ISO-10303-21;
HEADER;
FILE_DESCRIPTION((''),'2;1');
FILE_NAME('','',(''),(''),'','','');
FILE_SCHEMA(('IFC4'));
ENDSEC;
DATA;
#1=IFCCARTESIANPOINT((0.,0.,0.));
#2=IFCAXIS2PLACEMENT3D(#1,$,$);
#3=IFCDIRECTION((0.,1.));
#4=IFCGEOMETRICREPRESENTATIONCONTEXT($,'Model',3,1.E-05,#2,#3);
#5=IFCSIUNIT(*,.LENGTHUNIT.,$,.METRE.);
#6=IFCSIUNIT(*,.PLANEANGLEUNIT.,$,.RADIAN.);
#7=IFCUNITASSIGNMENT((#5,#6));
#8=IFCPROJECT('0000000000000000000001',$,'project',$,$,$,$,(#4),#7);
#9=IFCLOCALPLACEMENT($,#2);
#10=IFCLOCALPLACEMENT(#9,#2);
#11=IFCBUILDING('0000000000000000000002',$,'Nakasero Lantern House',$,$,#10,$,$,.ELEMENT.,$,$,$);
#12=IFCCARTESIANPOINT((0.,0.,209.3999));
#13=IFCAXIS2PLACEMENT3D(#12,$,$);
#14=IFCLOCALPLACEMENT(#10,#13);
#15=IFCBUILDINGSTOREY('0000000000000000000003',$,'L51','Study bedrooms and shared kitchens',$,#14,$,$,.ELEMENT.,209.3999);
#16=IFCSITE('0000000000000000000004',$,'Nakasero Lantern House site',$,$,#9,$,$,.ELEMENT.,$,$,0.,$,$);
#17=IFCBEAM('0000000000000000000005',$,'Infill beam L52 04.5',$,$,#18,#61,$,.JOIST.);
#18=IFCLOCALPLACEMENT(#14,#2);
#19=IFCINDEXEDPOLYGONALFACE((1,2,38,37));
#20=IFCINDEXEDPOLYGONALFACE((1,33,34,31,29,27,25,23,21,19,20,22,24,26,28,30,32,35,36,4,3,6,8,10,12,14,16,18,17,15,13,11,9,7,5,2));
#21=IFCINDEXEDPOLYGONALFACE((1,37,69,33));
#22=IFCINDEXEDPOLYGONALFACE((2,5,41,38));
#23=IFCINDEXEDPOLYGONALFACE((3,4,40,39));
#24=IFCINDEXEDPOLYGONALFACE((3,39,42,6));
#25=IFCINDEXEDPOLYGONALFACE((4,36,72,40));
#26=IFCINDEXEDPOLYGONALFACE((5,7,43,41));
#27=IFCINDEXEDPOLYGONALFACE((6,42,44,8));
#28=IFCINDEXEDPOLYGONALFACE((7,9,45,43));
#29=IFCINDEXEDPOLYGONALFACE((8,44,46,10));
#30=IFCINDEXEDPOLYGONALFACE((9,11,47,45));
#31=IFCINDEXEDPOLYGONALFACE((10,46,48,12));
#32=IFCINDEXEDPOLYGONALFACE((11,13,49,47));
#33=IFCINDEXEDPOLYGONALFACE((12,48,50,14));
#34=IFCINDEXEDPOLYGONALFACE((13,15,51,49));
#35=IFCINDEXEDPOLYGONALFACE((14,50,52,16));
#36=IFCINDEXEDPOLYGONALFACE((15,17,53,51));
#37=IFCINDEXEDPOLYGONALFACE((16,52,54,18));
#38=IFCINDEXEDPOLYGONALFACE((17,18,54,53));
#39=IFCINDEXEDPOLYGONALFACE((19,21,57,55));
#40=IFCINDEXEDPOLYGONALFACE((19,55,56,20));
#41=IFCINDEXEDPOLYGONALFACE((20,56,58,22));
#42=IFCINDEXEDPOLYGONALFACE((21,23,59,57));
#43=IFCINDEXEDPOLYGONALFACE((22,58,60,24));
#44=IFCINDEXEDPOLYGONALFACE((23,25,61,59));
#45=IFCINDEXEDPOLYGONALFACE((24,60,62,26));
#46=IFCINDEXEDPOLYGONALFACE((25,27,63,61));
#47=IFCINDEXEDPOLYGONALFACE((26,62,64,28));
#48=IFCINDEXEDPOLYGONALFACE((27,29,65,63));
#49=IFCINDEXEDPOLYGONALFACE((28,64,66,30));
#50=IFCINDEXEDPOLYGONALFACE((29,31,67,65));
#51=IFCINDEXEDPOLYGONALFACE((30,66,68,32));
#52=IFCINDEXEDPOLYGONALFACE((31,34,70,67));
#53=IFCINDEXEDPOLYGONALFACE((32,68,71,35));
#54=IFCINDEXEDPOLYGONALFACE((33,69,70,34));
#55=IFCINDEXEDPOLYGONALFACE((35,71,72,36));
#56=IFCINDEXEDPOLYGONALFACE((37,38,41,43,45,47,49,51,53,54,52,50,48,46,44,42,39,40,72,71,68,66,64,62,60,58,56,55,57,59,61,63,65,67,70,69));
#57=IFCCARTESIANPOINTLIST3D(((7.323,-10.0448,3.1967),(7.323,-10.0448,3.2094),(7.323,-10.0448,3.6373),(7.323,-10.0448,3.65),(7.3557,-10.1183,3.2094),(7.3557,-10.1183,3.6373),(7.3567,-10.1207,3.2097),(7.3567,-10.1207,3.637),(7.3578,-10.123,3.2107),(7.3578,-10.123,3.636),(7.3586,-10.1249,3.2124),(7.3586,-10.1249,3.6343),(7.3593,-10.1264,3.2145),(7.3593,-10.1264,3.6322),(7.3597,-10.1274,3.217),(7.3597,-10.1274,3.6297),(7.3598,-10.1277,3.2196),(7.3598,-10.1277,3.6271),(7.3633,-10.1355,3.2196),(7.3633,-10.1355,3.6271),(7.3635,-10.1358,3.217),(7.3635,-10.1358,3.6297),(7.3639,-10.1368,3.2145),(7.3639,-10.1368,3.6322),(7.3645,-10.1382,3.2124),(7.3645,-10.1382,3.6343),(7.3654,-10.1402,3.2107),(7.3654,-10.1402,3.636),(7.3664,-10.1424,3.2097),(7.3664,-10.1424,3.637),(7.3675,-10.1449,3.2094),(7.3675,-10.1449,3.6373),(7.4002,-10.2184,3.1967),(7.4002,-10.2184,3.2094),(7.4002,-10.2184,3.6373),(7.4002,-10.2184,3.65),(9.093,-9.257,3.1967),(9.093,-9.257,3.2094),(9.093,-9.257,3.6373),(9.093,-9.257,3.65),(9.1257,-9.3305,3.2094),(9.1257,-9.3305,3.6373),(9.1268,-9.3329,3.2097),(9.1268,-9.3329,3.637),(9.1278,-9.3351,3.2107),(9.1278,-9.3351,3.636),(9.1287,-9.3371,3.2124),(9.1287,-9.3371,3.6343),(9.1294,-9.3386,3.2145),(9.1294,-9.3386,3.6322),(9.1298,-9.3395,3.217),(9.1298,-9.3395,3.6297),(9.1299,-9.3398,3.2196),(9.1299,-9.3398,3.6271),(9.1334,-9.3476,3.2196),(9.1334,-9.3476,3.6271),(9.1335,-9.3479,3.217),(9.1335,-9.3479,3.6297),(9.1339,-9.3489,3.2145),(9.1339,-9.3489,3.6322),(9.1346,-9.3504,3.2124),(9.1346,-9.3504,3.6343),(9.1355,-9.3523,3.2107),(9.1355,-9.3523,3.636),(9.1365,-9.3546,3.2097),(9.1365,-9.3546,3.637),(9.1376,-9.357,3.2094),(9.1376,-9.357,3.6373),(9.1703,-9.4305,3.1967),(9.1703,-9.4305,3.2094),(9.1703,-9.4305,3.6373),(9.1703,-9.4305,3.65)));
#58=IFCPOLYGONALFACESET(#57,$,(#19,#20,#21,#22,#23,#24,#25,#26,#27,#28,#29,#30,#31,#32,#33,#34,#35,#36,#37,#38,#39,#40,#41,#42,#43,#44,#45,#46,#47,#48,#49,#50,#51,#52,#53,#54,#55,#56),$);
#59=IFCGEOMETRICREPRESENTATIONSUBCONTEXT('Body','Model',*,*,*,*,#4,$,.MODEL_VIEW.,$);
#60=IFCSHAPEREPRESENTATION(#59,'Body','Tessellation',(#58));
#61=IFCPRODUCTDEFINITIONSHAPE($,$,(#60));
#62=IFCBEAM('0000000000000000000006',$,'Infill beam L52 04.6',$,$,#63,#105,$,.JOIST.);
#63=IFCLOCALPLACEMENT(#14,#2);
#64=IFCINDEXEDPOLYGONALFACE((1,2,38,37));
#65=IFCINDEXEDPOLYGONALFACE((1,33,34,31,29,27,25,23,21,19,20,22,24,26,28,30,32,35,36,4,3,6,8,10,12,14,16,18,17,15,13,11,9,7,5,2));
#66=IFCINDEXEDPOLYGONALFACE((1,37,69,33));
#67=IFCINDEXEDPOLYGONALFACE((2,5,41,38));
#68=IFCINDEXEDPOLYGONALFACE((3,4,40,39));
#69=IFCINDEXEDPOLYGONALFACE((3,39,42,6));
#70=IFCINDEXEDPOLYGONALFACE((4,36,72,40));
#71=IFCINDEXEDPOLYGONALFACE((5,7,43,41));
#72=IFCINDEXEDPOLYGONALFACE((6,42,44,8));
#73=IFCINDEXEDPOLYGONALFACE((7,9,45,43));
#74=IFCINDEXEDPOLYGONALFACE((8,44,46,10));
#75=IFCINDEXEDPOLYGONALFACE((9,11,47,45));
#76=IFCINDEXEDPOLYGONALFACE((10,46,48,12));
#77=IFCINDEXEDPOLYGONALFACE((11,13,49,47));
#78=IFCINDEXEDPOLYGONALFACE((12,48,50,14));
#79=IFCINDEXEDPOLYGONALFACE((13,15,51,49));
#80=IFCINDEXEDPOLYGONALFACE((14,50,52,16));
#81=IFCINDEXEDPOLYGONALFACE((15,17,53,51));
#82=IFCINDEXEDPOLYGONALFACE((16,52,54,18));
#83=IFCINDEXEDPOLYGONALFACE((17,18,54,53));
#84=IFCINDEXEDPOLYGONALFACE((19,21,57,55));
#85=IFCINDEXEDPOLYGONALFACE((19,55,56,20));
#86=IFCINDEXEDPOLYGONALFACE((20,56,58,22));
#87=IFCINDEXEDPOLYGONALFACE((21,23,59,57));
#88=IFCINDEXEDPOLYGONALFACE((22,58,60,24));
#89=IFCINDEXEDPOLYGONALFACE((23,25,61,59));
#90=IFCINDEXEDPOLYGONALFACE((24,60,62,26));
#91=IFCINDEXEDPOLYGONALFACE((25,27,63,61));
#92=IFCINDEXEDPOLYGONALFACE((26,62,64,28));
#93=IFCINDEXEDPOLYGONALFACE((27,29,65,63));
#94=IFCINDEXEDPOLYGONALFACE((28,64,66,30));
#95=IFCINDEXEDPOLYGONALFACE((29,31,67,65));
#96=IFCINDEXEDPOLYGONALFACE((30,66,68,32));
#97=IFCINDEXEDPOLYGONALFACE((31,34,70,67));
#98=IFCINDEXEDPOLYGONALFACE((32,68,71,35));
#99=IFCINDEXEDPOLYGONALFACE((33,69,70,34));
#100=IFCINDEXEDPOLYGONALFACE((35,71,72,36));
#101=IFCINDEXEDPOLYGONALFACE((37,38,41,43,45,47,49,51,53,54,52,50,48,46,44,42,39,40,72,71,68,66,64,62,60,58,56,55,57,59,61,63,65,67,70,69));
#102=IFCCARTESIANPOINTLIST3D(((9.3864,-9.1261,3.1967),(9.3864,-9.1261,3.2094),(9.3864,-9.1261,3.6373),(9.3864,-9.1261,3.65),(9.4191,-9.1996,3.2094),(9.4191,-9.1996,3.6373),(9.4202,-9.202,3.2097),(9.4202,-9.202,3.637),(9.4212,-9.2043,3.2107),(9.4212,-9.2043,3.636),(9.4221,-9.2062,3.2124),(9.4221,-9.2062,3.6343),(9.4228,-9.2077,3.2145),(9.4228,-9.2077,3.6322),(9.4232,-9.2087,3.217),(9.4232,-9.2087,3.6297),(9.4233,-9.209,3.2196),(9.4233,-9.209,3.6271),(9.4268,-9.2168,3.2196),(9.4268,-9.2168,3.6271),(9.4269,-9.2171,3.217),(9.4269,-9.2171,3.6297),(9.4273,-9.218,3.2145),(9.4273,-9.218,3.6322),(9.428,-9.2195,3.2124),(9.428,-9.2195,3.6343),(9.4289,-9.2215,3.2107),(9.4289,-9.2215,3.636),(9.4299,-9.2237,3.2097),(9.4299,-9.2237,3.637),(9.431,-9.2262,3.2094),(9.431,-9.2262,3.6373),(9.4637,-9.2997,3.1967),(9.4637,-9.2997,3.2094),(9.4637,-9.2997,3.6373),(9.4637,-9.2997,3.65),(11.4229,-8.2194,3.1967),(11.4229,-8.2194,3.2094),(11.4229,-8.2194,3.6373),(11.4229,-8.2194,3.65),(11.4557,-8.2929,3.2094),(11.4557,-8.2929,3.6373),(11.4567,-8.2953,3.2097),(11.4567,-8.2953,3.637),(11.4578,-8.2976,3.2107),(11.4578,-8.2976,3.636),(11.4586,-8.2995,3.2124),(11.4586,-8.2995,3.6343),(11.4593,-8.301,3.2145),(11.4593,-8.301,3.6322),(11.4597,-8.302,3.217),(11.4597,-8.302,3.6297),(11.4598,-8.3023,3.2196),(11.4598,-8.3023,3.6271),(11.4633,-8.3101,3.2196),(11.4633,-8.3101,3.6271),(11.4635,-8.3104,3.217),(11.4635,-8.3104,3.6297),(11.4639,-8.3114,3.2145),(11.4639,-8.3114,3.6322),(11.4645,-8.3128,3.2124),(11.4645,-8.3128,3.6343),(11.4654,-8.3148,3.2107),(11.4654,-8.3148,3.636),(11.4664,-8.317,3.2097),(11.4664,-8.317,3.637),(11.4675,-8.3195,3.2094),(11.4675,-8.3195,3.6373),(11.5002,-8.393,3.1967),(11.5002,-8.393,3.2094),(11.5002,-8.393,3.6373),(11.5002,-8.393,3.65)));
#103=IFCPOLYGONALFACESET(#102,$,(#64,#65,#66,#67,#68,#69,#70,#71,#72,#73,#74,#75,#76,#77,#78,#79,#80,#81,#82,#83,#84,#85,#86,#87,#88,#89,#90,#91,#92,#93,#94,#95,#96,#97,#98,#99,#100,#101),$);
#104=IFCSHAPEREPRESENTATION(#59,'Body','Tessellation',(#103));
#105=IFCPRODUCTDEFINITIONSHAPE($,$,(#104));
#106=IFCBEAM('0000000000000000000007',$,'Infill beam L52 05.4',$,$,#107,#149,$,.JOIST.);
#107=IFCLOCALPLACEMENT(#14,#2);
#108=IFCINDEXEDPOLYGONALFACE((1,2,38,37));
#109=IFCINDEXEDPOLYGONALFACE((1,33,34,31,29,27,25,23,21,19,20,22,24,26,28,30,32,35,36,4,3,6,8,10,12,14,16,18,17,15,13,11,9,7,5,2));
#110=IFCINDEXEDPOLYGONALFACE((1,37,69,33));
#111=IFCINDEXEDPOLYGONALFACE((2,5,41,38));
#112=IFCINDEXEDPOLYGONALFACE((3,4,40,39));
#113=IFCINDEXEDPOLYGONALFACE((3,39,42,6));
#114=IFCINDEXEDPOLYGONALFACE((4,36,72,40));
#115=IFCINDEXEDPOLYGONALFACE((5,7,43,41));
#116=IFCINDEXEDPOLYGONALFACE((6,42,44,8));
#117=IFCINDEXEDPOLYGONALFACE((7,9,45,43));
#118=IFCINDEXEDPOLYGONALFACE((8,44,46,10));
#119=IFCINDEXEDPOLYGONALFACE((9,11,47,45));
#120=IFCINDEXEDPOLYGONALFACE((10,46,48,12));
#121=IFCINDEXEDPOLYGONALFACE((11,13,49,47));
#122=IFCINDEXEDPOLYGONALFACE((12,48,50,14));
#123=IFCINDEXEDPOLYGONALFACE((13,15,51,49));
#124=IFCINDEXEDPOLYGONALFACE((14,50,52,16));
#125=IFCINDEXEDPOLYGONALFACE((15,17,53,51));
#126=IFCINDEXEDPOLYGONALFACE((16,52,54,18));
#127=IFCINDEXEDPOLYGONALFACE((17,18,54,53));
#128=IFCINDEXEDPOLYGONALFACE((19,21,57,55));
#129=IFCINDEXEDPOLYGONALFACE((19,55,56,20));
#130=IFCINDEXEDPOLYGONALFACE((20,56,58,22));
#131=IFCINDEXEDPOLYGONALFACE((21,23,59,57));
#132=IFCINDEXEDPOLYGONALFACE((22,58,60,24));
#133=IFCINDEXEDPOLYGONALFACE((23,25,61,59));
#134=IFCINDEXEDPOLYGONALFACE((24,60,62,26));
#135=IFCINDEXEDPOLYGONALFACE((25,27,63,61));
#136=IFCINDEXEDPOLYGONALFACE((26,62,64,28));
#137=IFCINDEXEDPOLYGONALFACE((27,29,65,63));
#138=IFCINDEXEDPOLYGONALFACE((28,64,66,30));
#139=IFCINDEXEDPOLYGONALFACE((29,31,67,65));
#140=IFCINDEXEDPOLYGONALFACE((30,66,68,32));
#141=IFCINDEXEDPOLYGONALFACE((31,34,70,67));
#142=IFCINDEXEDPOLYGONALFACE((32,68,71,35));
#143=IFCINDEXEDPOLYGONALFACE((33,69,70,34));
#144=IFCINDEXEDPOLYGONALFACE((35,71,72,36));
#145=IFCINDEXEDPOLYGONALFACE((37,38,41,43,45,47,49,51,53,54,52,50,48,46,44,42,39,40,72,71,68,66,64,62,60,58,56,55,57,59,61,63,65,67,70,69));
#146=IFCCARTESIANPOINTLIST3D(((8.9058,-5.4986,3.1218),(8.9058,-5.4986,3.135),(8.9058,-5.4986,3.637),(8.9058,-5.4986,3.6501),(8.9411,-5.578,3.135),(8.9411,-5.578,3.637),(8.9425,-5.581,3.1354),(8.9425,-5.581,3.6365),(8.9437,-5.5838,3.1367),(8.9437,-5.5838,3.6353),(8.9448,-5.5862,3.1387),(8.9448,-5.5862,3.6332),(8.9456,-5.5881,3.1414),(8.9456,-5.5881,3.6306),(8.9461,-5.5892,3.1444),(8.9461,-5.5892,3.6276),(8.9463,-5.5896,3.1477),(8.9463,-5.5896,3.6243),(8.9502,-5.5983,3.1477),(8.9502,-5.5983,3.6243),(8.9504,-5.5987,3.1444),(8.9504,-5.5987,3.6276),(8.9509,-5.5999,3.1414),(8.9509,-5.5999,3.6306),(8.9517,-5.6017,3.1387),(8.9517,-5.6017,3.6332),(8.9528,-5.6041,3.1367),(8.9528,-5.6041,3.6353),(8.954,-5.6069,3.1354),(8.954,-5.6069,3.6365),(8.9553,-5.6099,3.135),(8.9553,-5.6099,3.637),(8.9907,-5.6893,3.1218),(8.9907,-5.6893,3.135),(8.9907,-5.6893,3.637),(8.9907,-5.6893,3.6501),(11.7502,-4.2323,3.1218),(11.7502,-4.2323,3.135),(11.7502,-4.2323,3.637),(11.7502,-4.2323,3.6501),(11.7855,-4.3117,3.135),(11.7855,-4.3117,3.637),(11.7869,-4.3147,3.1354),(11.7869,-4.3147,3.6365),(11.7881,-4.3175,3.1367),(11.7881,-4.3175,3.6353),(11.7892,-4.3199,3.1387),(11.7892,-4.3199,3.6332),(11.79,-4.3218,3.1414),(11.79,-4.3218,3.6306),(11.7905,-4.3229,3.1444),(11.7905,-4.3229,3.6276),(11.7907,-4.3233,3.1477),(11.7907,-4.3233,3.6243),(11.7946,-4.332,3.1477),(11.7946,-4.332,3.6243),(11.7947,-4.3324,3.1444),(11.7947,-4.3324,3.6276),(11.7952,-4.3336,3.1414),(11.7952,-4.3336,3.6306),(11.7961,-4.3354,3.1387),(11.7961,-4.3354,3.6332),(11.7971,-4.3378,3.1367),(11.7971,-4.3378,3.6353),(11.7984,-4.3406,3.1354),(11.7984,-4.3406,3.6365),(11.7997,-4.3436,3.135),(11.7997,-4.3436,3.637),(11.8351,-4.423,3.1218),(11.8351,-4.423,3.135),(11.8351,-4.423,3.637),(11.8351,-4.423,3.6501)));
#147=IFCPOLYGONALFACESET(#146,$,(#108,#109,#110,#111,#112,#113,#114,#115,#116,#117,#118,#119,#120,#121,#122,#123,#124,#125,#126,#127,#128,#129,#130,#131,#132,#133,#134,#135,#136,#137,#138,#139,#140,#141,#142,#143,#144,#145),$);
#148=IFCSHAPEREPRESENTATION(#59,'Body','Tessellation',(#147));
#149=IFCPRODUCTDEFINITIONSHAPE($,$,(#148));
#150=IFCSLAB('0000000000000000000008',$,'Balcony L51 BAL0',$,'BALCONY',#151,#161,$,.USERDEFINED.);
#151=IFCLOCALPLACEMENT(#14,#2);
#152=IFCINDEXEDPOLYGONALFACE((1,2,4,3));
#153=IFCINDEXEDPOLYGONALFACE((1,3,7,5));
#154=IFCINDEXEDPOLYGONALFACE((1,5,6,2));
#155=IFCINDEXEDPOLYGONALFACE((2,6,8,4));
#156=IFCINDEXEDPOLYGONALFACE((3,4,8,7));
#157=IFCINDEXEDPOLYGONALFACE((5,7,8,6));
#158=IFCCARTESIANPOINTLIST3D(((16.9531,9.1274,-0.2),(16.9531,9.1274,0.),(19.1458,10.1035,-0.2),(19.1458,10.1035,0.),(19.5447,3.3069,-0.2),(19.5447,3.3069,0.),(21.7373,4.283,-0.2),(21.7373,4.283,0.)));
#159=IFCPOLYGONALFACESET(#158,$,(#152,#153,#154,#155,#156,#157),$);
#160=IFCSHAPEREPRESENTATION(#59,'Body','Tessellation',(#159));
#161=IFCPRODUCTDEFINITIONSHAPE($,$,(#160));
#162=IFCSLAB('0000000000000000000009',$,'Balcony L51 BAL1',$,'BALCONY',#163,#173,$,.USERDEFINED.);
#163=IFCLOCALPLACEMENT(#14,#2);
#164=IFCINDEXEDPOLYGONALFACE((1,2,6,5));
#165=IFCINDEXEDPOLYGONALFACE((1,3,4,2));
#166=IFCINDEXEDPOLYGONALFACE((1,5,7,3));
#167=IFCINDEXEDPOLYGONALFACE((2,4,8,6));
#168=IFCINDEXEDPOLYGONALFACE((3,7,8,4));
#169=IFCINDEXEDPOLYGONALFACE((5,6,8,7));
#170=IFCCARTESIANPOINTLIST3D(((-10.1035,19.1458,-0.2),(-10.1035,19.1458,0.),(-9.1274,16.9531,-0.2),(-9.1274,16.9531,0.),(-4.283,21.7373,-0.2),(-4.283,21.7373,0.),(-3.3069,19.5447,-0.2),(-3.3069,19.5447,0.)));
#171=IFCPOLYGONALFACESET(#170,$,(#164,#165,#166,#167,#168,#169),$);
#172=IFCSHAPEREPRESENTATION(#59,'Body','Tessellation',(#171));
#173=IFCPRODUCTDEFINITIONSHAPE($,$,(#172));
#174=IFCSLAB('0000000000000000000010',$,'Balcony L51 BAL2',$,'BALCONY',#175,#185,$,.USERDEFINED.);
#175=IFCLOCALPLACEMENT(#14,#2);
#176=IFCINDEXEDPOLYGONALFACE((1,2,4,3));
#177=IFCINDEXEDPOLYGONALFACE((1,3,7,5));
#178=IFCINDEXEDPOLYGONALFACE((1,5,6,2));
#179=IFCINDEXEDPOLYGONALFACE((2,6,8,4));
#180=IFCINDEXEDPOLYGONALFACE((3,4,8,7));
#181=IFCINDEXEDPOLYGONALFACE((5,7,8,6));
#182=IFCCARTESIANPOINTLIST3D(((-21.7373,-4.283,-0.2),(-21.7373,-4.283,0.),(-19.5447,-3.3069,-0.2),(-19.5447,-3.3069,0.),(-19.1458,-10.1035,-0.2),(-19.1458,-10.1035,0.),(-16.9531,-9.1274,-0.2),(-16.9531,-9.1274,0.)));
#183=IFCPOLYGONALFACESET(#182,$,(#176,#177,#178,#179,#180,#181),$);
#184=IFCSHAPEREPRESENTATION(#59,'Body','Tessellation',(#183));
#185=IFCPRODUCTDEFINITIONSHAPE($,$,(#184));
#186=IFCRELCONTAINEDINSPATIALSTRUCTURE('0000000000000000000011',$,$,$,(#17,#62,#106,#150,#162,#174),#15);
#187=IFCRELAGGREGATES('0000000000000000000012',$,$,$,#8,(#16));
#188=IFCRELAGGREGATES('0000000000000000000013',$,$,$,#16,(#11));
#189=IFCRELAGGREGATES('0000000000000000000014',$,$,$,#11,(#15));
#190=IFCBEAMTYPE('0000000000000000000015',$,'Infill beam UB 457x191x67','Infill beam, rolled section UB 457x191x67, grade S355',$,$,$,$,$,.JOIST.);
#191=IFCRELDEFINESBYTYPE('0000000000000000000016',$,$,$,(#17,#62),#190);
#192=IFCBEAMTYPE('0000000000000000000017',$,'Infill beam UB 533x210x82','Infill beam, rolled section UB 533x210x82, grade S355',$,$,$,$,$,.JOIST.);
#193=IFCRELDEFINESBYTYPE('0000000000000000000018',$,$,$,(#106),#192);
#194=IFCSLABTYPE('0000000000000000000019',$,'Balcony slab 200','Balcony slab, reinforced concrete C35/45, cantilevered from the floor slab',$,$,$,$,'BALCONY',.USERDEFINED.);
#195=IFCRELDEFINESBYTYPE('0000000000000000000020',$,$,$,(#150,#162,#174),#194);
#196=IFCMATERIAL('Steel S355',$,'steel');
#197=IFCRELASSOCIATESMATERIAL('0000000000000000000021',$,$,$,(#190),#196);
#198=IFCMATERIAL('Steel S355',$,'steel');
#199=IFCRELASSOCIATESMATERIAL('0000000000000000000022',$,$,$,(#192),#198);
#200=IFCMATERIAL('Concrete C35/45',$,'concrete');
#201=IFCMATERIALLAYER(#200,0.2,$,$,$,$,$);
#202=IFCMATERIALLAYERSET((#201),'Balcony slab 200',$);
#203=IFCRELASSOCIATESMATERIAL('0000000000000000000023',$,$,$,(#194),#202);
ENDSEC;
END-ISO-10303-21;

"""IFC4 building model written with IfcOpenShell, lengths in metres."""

from ifc_helpers import new_model, si_unit, direction, frame, origin, origin_2d, place, context, subcontext, project, spatial, polyline, i_section, outline, extrude, material, layer, layer_set, material_profile, profile_set, type_object, element, save


model = new_model("IFC4")

# Units and contexts
model_context = context("Model", 3, precision=1e-05, world=origin(), true_north=direction((0.0, 1.0)))
body_context = subcontext(model_context, "Body", "Model", "MODEL_VIEW")
ifc_project = project(units=[si_unit("LENGTHUNIT", "METRE"), si_unit("PLANEANGLEUNIT", "RADIAN")], contexts=[model_context])

# Site, building, storey
site_placement = place(None, origin())
site = spatial("IfcSite", under=ifc_project, at=site_placement, Name="Nakasero Lantern House site", CompositionType="ELEMENT", RefElevation=0.0)
building_placement = place(site_placement, origin())
building = spatial("IfcBuilding", under=site, at=building_placement, Name="Nakasero Lantern House", CompositionType="ELEMENT")
storey_placement = place(building_placement, frame((0.0, 0.0, 209.3999)))
storey = spatial("IfcBuildingStorey", under=building, at=storey_placement, Name="L51", Description="Study bedrooms and shared kitchens", CompositionType="ELEMENT", Elevation=209.3999)

# Beams
ifc_material_1 = material(Name="Steel S355", Category="steel")
ifc_material_profile_1 = material_profile(ifc_material_1, i_section(OverallWidth=0.1899, OverallDepth=0.4534, WebThickness=0.0085, FlangeThickness=0.0127, FilletRadius=0.0103, at=origin_2d()), Name="UB 457x191x67")
ifc_profile_set_1 = profile_set([ifc_material_profile_1], Name="Steel S355")
beam_type_1 = type_object("IfcBeamType", Name="Infill beam UB 457x191x67", Description="Infill beam, rolled section UB 457x191x67, grade S355", PredefinedType="JOIST", material=ifc_profile_set_1)
beam_1_placement = place(storey_placement, frame((7.3616, -10.1316, 3.4233), z_axis=(0.913588, 0.406641, 0.0), x_axis=(-0.406641, 0.913588, 0.0)))
element("IfcBeam", 1, at=beam_1_placement, inside=storey, type_object=beam_type_1, Name="Infill beam L52 04.5", PredefinedType="JOIST", context=body_context, shape_type="SweptSolid", body=[
    extrude(i_section(OverallWidth=0.1899, OverallDepth=0.4534, WebThickness=0.0085, FlangeThickness=0.0127, FilletRadius=0.0103, at=origin_2d()), origin(), (0.0, 0.0, 1.0), 1.9375),
])
beam_2_placement = place(storey_placement, frame((9.425, -9.2129, 3.4233), z_axis=(0.913549, 0.406728, 0.0), x_axis=(-0.406728, 0.913549, 0.0)))
element("IfcBeam", 2, at=beam_2_placement, inside=storey, type_object=beam_type_1, Name="Infill beam L52 04.6", PredefinedType="JOIST", context=body_context, shape_type="SweptSolid", body=[
    extrude(i_section(OverallWidth=0.1899, OverallDepth=0.4534, WebThickness=0.0085, FlangeThickness=0.0127, FilletRadius=0.0103, at=origin_2d()), origin(), (0.0, 0.0, 1.0), 2.2292),
])
ifc_material_2 = material(Name="Steel S355", Category="steel")
ifc_material_profile_2 = material_profile(ifc_material_2, i_section(OverallWidth=0.2087, OverallDepth=0.5283, WebThickness=0.0095, FlangeThickness=0.0132, FilletRadius=0.0127, at=origin_2d()), Name="UB 533x210x82")
ifc_profile_set_2 = profile_set([ifc_material_profile_2], Name="Steel S355")
beam_type_2 = type_object("IfcBeamType", Name="Infill beam UB 533x210x82", Description="Infill beam, rolled section UB 533x210x82, grade S355", PredefinedType="JOIST", material=ifc_profile_set_2)
beam_3_placement = place(storey_placement, frame((8.9482, -5.594, 3.386), z_axis=(0.913556, 0.406713, 0.0), x_axis=(-0.406713, 0.913556, 0.0)))
element("IfcBeam", 3, at=beam_3_placement, inside=storey, type_object=beam_type_2, Name="Infill beam L52 05.4", PredefinedType="JOIST", context=body_context, shape_type="SweptSolid", body=[
    extrude(i_section(OverallWidth=0.2087, OverallDepth=0.5283, WebThickness=0.0095, FlangeThickness=0.0132, FilletRadius=0.0127, at=origin_2d()), origin(), (0.0, 0.0, 1.0), 3.1135),
])

# Slabs
ifc_material_3 = material(Name="Concrete C35/45", Category="concrete")
ifc_layer_1 = layer(ifc_material_3, 0.2)
ifc_layer_set_1 = layer_set([ifc_layer_1], Name="Balcony slab 200")
slab_type_1 = type_object("IfcSlabType", Name="Balcony slab 200", Description="Balcony slab, reinforced concrete C35/45, cantilevered from the floor slab", ElementType="BALCONY", PredefinedType="USERDEFINED", material=ifc_layer_set_1)
slab_1_placement = place(storey_placement, frame((0.0, 0.0, -0.2)))
element("IfcSlab", 4, at=slab_1_placement, inside=storey, type_object=slab_type_1, Name="Balcony L51 BAL0", ObjectType="BALCONY", PredefinedType="USERDEFINED", context=body_context, shape_type="SweptSolid", body=[
    extrude(outline(polyline([(19.5447, 3.3069), (21.7373, 4.283), (19.1458, 10.1035), (16.9531, 9.1274), (19.5447, 3.3069)])), origin(), (0.0, 0.0, 1.0), 0.2),
])
slab_2_placement = place(storey_placement, frame((0.0, 0.0, -0.2)))
element("IfcSlab", 5, at=slab_2_placement, inside=storey, type_object=slab_type_1, Name="Balcony L51 BAL1", ObjectType="BALCONY", PredefinedType="USERDEFINED", context=body_context, shape_type="SweptSolid", body=[
    extrude(outline(polyline([(-3.3069, 19.5447), (-4.283, 21.7373), (-10.1035, 19.1458), (-9.1274, 16.9531), (-3.3069, 19.5447)])), origin(), (0.0, 0.0, 1.0), 0.2),
])
slab_3_placement = place(storey_placement, frame((0.0, 0.0, -0.2)))
element("IfcSlab", 6, at=slab_3_placement, inside=storey, type_object=slab_type_1, Name="Balcony L51 BAL2", ObjectType="BALCONY", PredefinedType="USERDEFINED", context=body_context, shape_type="SweptSolid", body=[
    extrude(outline(polyline([(-19.5447, -3.3069), (-21.7373, -4.283), (-19.1458, -10.1035), (-16.9531, -9.1274), (-19.5447, -3.3069)])), origin(), (0.0, 0.0, 1.0), 0.2),
])

save(model, "model.ifc")
